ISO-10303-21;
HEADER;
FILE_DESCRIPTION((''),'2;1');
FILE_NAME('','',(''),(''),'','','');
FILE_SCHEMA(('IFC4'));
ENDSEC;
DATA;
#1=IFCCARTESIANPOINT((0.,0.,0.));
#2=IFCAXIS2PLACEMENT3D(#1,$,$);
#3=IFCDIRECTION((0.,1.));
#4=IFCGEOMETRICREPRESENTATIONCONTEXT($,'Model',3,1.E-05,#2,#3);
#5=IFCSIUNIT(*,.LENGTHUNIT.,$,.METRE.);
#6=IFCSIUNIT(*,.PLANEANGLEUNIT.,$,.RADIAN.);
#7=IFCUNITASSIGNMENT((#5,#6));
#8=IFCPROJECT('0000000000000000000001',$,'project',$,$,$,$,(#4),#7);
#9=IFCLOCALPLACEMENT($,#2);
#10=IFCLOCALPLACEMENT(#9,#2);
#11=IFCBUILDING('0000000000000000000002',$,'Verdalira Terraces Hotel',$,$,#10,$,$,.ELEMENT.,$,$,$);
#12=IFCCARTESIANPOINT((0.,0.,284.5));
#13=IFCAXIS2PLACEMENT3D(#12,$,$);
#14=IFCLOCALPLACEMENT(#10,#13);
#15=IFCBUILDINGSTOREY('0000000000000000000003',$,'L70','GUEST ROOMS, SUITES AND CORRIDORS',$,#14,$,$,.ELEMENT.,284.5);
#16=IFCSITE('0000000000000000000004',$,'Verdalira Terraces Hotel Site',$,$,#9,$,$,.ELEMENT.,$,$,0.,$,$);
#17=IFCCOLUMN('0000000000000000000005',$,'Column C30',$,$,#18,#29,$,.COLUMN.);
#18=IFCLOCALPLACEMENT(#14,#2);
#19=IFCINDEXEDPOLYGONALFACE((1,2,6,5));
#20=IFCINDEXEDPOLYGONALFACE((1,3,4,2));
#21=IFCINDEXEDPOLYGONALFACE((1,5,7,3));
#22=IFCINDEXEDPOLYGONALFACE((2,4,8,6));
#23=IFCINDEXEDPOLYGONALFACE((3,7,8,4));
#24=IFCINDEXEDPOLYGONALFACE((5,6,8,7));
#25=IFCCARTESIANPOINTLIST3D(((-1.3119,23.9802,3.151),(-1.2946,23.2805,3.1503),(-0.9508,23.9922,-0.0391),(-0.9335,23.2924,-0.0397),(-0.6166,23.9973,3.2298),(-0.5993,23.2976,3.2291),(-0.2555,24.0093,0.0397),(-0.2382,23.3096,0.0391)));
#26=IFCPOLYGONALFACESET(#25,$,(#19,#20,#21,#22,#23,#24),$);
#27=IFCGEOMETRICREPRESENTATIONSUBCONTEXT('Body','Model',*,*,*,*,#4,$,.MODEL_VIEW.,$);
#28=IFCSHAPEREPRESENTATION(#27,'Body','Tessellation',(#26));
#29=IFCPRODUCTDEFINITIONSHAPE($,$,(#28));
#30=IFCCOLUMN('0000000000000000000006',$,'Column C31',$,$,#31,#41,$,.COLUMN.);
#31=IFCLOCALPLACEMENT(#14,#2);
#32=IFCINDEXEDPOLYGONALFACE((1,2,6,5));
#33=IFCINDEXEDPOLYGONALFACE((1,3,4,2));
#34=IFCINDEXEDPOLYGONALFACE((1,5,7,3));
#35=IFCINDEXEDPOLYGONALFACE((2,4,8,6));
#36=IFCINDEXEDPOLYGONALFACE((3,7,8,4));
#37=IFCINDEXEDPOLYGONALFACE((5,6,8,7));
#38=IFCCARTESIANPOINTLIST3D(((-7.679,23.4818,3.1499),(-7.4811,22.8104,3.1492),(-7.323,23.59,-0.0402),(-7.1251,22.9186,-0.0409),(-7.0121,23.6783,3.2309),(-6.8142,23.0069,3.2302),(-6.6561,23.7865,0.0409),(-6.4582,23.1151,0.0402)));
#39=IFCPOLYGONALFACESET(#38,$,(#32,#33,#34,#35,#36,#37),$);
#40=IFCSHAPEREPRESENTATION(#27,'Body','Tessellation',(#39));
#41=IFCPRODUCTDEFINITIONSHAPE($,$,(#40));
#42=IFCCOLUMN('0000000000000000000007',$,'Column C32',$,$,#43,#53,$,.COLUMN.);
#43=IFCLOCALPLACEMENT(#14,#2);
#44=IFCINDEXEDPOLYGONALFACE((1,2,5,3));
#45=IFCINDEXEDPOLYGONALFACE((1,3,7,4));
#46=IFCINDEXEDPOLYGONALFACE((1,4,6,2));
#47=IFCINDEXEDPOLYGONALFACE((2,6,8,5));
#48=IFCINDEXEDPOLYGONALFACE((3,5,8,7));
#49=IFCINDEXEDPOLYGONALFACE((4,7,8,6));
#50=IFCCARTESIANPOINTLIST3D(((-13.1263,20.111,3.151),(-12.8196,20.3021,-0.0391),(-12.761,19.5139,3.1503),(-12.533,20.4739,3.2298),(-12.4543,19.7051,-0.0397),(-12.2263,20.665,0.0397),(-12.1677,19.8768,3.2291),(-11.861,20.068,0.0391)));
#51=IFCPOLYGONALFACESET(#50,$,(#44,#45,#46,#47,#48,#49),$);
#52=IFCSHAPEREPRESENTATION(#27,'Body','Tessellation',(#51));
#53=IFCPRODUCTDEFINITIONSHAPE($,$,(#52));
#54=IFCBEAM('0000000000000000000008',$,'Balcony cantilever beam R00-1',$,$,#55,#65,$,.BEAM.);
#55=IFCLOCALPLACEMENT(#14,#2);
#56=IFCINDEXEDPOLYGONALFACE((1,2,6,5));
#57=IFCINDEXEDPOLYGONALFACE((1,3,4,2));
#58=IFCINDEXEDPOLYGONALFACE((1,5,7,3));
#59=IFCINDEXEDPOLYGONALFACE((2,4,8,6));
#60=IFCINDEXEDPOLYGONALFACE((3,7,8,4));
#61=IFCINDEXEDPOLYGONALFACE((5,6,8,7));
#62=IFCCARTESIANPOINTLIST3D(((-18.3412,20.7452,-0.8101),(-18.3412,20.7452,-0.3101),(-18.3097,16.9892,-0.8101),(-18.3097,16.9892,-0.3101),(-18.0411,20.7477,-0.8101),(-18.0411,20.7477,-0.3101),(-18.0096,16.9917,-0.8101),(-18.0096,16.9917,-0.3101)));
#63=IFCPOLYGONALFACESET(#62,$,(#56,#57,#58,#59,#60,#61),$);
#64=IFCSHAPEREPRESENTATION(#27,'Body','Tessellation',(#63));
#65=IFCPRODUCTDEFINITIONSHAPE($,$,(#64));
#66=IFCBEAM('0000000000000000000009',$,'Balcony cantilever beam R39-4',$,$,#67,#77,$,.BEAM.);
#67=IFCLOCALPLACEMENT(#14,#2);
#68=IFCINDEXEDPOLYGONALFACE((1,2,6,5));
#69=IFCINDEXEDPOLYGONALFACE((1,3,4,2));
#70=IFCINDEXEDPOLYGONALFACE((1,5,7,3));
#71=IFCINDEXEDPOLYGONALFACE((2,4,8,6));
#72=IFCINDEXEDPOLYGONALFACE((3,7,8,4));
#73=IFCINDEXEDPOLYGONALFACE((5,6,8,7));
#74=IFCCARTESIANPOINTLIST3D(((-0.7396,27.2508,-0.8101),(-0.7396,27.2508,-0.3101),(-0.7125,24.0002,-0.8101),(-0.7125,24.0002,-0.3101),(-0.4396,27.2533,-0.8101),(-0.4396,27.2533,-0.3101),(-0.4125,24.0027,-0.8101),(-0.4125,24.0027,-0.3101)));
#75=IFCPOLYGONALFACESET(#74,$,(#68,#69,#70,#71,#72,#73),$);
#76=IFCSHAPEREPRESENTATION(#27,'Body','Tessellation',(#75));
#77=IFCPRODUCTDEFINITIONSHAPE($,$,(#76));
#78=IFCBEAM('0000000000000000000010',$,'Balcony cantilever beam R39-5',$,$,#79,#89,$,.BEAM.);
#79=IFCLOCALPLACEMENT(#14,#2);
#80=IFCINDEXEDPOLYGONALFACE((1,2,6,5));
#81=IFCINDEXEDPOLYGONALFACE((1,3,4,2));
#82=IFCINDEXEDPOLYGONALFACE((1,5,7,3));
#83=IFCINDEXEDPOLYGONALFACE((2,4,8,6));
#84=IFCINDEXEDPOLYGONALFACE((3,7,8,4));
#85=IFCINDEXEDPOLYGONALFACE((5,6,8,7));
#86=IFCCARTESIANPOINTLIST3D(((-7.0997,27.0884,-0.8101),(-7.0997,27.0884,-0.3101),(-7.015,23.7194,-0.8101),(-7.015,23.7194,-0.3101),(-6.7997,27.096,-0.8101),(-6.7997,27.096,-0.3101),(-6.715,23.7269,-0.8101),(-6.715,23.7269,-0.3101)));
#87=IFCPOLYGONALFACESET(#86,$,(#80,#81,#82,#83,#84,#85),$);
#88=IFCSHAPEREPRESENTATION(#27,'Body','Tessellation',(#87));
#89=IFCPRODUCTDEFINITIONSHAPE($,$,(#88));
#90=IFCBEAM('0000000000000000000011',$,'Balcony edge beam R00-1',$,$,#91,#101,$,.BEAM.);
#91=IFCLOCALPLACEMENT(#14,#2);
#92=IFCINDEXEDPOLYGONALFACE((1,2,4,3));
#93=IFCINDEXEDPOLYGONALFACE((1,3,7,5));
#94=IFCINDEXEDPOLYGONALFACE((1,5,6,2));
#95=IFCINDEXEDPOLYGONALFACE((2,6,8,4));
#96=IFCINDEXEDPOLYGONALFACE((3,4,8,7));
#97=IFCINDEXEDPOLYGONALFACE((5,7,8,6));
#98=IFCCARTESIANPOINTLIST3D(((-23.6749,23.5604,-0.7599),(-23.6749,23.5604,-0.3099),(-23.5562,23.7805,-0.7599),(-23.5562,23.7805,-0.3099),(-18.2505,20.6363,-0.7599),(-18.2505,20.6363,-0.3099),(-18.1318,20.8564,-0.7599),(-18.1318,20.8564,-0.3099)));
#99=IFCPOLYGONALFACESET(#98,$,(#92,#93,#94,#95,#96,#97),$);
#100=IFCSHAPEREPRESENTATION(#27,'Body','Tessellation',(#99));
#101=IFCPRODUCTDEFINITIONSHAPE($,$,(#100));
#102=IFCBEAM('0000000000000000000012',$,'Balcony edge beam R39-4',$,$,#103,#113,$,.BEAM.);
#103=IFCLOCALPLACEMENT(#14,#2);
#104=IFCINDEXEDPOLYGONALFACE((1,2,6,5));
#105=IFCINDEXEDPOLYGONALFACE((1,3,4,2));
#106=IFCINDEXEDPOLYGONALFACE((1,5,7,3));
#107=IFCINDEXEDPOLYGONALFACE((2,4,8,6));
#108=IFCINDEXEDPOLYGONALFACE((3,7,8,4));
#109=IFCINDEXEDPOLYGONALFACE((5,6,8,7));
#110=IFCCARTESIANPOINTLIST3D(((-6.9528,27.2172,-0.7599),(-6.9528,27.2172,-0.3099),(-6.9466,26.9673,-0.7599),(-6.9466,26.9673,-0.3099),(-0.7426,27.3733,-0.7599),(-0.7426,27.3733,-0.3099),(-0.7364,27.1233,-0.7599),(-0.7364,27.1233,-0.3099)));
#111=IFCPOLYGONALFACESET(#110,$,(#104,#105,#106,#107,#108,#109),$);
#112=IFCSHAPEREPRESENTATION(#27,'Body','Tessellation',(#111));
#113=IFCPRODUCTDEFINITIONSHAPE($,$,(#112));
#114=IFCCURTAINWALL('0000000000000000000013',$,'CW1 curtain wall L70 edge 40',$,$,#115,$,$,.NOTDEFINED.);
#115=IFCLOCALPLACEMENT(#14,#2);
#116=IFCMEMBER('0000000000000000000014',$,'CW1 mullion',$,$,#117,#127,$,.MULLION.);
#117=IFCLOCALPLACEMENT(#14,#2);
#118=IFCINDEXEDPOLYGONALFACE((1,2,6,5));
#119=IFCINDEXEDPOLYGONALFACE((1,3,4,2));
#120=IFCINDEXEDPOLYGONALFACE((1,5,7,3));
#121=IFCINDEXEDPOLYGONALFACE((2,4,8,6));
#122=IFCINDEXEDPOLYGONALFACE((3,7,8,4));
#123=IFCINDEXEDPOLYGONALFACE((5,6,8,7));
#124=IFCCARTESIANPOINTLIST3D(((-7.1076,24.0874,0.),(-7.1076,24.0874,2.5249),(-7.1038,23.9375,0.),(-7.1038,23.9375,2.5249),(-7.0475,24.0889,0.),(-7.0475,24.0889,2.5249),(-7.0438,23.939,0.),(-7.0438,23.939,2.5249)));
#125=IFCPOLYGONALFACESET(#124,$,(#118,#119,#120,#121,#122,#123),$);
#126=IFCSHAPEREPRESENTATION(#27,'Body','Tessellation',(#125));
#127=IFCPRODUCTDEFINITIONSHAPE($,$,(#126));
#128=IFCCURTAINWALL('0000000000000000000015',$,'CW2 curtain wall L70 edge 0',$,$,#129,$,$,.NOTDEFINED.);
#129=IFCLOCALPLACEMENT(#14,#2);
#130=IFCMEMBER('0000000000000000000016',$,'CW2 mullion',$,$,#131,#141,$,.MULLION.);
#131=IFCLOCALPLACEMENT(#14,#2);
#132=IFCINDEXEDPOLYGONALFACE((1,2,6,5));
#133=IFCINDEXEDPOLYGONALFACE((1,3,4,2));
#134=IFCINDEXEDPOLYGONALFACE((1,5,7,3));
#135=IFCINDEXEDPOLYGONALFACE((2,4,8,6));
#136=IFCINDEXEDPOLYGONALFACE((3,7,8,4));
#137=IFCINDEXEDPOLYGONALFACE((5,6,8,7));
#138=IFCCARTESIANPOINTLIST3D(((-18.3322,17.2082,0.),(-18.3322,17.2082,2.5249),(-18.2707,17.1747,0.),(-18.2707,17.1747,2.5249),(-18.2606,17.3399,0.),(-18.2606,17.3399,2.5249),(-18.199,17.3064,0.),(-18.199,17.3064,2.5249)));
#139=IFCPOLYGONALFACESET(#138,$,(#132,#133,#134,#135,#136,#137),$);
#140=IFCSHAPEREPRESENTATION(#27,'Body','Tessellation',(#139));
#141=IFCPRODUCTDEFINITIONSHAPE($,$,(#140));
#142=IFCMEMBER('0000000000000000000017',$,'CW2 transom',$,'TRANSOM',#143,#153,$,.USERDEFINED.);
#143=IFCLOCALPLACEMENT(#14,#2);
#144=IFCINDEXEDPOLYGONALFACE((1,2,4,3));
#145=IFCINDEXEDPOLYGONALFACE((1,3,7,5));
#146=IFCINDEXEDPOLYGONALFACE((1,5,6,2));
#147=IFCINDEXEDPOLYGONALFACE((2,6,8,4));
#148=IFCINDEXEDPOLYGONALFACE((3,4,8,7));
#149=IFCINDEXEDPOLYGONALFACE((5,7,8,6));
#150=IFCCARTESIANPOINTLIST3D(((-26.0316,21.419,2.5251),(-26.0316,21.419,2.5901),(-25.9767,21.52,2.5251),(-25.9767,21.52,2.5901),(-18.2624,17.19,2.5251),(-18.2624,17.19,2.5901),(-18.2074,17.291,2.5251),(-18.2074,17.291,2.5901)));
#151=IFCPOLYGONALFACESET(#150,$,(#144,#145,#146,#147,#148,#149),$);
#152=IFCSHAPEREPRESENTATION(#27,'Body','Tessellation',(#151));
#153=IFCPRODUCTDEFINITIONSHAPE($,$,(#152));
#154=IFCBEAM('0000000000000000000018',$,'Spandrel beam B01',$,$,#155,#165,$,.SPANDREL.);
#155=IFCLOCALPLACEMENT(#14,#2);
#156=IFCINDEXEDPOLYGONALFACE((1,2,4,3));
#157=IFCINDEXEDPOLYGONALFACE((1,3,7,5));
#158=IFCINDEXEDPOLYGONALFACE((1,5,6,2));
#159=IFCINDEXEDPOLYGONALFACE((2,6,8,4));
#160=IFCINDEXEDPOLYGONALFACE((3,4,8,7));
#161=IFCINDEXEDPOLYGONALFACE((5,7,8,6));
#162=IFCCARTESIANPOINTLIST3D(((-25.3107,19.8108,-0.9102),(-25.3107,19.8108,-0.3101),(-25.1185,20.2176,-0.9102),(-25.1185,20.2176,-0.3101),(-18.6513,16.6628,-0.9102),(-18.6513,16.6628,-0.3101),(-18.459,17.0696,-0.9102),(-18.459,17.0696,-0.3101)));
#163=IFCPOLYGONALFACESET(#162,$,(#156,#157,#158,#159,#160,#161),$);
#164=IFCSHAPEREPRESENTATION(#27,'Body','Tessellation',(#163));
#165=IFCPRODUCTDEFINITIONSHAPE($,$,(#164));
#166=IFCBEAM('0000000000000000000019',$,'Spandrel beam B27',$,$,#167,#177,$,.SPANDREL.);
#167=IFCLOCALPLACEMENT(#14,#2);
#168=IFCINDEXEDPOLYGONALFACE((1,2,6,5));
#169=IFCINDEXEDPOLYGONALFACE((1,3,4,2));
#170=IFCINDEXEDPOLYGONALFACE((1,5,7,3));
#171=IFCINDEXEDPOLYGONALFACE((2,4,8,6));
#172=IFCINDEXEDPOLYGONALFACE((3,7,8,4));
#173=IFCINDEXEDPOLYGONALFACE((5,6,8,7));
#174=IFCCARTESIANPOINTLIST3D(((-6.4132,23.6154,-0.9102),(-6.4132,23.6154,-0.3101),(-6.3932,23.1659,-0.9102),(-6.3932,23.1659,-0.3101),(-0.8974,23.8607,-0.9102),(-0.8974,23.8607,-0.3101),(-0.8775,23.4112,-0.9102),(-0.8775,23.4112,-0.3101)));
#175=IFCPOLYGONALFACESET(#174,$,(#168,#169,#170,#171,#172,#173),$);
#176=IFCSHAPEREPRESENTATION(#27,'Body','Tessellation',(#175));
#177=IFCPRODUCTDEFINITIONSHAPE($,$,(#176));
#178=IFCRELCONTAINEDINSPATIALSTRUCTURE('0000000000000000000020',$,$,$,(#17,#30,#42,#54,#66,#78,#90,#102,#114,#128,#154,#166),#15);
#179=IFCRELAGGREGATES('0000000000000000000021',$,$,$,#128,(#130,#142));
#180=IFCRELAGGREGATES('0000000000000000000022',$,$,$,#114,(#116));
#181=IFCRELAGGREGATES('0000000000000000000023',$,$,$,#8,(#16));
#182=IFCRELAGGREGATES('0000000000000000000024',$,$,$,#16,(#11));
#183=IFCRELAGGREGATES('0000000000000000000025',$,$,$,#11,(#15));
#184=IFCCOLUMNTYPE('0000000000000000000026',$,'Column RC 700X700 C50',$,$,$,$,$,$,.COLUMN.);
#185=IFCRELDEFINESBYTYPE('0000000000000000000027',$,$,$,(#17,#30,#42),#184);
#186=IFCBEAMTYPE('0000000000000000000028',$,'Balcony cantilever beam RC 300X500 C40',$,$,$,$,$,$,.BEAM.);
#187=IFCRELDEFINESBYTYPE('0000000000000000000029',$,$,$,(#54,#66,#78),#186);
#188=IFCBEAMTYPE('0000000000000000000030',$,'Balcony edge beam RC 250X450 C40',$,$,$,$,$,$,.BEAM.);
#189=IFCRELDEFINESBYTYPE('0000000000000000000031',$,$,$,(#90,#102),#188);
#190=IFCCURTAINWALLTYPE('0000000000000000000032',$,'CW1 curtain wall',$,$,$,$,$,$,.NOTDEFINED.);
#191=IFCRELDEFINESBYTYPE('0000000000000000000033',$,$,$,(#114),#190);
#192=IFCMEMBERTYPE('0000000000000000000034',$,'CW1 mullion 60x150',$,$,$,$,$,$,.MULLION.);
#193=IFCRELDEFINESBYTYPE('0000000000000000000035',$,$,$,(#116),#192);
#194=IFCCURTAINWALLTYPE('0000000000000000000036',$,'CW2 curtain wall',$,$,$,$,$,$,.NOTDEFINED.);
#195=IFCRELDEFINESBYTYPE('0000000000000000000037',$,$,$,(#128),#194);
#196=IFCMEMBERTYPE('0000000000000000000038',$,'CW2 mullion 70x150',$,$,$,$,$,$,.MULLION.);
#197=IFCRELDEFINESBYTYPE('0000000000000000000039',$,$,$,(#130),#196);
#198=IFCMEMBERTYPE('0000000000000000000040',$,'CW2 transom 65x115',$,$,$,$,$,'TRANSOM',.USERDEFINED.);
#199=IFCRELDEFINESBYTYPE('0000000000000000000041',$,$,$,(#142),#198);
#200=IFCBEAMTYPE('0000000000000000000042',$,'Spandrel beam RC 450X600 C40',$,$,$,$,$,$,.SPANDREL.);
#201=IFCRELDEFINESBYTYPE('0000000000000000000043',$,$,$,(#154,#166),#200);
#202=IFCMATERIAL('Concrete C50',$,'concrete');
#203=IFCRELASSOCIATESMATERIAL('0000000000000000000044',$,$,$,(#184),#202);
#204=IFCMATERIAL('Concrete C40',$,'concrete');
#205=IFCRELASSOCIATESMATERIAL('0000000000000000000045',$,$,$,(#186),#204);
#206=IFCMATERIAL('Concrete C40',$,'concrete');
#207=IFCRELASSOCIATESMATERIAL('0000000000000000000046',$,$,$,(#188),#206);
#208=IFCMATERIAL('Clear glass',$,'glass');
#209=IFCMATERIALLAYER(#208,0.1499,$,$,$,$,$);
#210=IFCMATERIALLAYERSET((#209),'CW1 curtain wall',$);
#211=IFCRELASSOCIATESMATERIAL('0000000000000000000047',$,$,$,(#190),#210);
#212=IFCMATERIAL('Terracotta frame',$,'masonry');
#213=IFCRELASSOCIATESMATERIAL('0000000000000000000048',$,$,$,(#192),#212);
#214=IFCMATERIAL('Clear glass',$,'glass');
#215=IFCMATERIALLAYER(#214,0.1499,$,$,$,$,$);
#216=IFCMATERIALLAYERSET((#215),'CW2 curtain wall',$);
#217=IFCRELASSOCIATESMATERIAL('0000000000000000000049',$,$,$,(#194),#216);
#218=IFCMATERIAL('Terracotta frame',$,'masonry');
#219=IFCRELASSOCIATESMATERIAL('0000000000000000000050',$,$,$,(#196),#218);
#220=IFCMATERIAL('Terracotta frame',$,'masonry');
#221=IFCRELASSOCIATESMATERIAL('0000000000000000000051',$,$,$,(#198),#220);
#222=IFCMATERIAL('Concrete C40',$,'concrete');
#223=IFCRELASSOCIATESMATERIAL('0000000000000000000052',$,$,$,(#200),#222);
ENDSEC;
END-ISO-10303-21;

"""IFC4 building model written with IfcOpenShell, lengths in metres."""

from ifc_helpers import new_model, si_unit, direction, frame, origin, origin_2d, place, context, subcontext, project, spatial, rectangle, extrude, material, layer, layer_set, material_profile, profile_set, type_object, element, aggregate, save


model = new_model("IFC4")

# Units and contexts
model_context = context("Model", 3, precision=1e-05, world=origin(), true_north=direction((0.0, 1.0)))
body_context = subcontext(model_context, "Body", "Model", "MODEL_VIEW")
ifc_project = project(units=[si_unit("LENGTHUNIT", "METRE"), si_unit("PLANEANGLEUNIT", "RADIAN")], contexts=[model_context])

# Site, building, storey
site_placement = place(None, origin())
site = spatial("IfcSite", under=ifc_project, at=site_placement, Name="Verdalira Terraces Hotel Site", CompositionType="ELEMENT", RefElevation=0.0)
building_placement = place(site_placement, origin())
building = spatial("IfcBuilding", under=site, at=building_placement, Name="Verdalira Terraces Hotel", CompositionType="ELEMENT")
storey_placement = place(building_placement, frame((0.0, 0.0, 284.5)))
storey = spatial("IfcBuildingStorey", under=building, at=storey_placement, Name="L70", Description="GUEST ROOMS, SUITES AND CORRIDORS", CompositionType="ELEMENT", Elevation=284.5)

# Columns
ifc_material_1 = material(Name="Concrete C50", Category="concrete")
ifc_material_profile_1 = material_profile(ifc_material_1, rectangle(XDim=0.7, YDim=0.7, at=origin_2d()), Name="RC 700X700")
ifc_profile_set_1 = profile_set([ifc_material_profile_1], Name="Concrete C50")
column_type = type_object("IfcColumnType", Name="Column RC 700X700 C50", PredefinedType="COLUMN", material=ifc_profile_set_1)
column_1_placement = place(storey_placement, frame((-0.5945, 23.6509, 0.0), z_axis=(-0.112475, -0.003726, 0.993648), x_axis=(-0.993347, -0.024474, -0.112533)))
element("IfcColumn", 1, at=column_1_placement, inside=storey, type_object=column_type, Name="Column C30", PredefinedType="COLUMN", context=body_context, shape_type="SweptSolid", body=[
    extrude(rectangle(XDim=0.7, YDim=0.7, at=origin_2d()), origin(), (0.0, 0.0, 1.0), 3.2104),
])
column_2_placement = place(storey_placement, frame((-6.8906, 23.3525, 0.0), z_axis=(-0.110836, -0.033677, 0.993268), x_axis=(0.952786, 0.280681, 0.115835)))
element("IfcColumn", 2, at=column_2_placement, inside=storey, type_object=column_type, Name="Column C31", PredefinedType="COLUMN", context=body_context, shape_type="SweptSolid", body=[
    extrude(rectangle(XDim=0.7, YDim=0.7, at=origin_2d()), origin(), (0.0, 0.0, 1.0), 3.2117),
])
column_3_placement = place(storey_placement, frame((-12.3403, 20.1851, 0.0), z_axis=(-0.095516, -0.059546, 0.993645), x_axis=(-0.847643, -0.518491, -0.112553)))
element("IfcColumn", 3, at=column_3_placement, inside=storey, type_object=column_type, Name="Column C32", PredefinedType="COLUMN", context=body_context, shape_type="SweptSolid", body=[
    extrude(rectangle(XDim=0.7, YDim=0.7, at=origin_2d()), origin(), (0.0, 0.0, 1.0), 3.2104),
])

# Beams
ifc_material_2 = material(Name="Concrete C40", Category="concrete")
ifc_material_profile_2 = material_profile(ifc_material_2, rectangle(XDim=0.3, YDim=0.5, at=origin_2d()), Name="RC 300X500")
ifc_profile_set_2 = profile_set([ifc_material_profile_2], Name="Concrete C40")
beam_type_1 = type_object("IfcBeamType", Name="Balcony cantilever beam RC 300X500 C40", PredefinedType="BEAM", material=ifc_profile_set_2)
beam_1_placement = place(storey_placement, frame((-18.1597, 16.9905, -0.5601), z_axis=(-0.008385, 0.999965, 0.0), x_axis=(-0.999965, -0.008385, 0.0)))
element("IfcBeam", 4, at=beam_1_placement, inside=storey, type_object=beam_type_1, Name="Balcony cantilever beam R00-1", PredefinedType="BEAM", context=body_context, shape_type="SweptSolid", body=[
    extrude(rectangle(XDim=0.3, YDim=0.5, at=origin_2d()), origin(), (0.0, 0.0, 1.0), 3.7561),
])
beam_2_placement = place(storey_placement, frame((-0.5625, 24.0015, -0.5601), z_axis=(-0.008336, 0.999965, 0.0), x_axis=(-0.999965, -0.008336, 0.0)))
element("IfcBeam", 5, at=beam_2_placement, inside=storey, type_object=beam_type_1, Name="Balcony cantilever beam R39-4", PredefinedType="BEAM", context=body_context, shape_type="SweptSolid", body=[
    extrude(rectangle(XDim=0.3, YDim=0.5, at=origin_2d()), origin(), (0.0, 0.0, 1.0), 3.2507),
])
beam_3_placement = place(storey_placement, frame((-6.865, 23.7231, -0.5601), z_axis=(-0.025137, 0.999684, 0.0), x_axis=(-0.999684, -0.025137, 0.0)))
element("IfcBeam", 6, at=beam_3_placement, inside=storey, type_object=beam_type_1, Name="Balcony cantilever beam R39-5", PredefinedType="BEAM", context=body_context, shape_type="SweptSolid", body=[
    extrude(rectangle(XDim=0.3, YDim=0.5, at=origin_2d()), origin(), (0.0, 0.0, 1.0), 3.3701),
])
ifc_material_3 = material(Name="Concrete C40", Category="concrete")
ifc_material_profile_3 = material_profile(ifc_material_3, rectangle(XDim=0.25, YDim=0.45, at=origin_2d()), Name="RC 250X450")
ifc_profile_set_3 = profile_set([ifc_material_profile_3], Name="Concrete C40")
beam_type_2 = type_object("IfcBeamType", Name="Balcony edge beam RC 250X450 C40", PredefinedType="BEAM", material=ifc_profile_set_3)
beam_4_placement = place(storey_placement, frame((-18.1912, 20.7463, -0.5349), z_axis=(-0.880248, 0.474513, 0.0), x_axis=(-0.474513, -0.880248, 0.0)))
element("IfcBeam", 7, at=beam_4_placement, inside=storey, type_object=beam_type_2, Name="Balcony edge beam R00-1", PredefinedType="BEAM", context=body_context, shape_type="SweptSolid", body=[
    extrude(rectangle(XDim=0.25, YDim=0.45, at=origin_2d()), origin(), (0.0, 0.0, 1.0), 6.1624),
])
beam_5_placement = place(storey_placement, frame((-0.7395, 27.2483, -0.5349), z_axis=(-0.999685, -0.025113, 0.0), x_axis=(0.025113, -0.999685, 0.0)))
element("IfcBeam", 8, at=beam_5_placement, inside=storey, type_object=beam_type_2, Name="Balcony edge beam R39-4", PredefinedType="BEAM", context=body_context, shape_type="SweptSolid", body=[
    extrude(rectangle(XDim=0.25, YDim=0.45, at=origin_2d()), origin(), (0.0, 0.0, 1.0), 6.2122),
])

# Curtain wall, member
ifc_material_4 = material(Name="Clear glass", Category="glass")
ifc_layer_1 = layer(ifc_material_4, 0.1499)
ifc_layer_set_1 = layer_set([ifc_layer_1], Name="CW1 curtain wall")
curtain_wall_type_1 = type_object("IfcCurtainWallType", Name="CW1 curtain wall", PredefinedType="NOTDEFINED", material=ifc_layer_set_1)
curtain_wall_1_placement = place(storey_placement, origin())
curtain_wall_1 = element("IfcCurtainWall", 9, at=curtain_wall_1_placement, inside=storey, type_object=curtain_wall_type_1, Name="CW1 curtain wall L70 edge 40", PredefinedType="NOTDEFINED")
ifc_material_5 = material(Name="Terracotta frame", Category="masonry")
ifc_material_profile_4 = material_profile(ifc_material_5, rectangle(XDim=0.0601, YDim=0.1499, at=origin_2d()), Name="MU 60x150")
ifc_profile_set_4 = profile_set([ifc_material_profile_4], Name="Terracotta frame")
member_type_1 = type_object("IfcMemberType", Name="CW1 mullion 60x150", PredefinedType="MULLION", material=ifc_profile_set_4)
member_1_placement = place(storey_placement, frame((-7.0757, 24.0132, 0.0), z_axis=(0.0, 0.0, 1.0), x_axis=(-0.999684, -0.02513, 0.0)))
member_1 = element("IfcMember", 10, at=member_1_placement, type_object=member_type_1, Name="CW1 mullion", PredefinedType="MULLION", context=body_context, shape_type="SweptSolid", body=[
    extrude(rectangle(XDim=0.0601, YDim=0.1499, at=origin_2d()), origin(), (0.0, 0.0, 1.0), 2.5249),
])

# Curtain wall, members
ifc_material_6 = material(Name="Clear glass", Category="glass")
ifc_layer_2 = layer(ifc_material_6, 0.1499)
ifc_layer_set_2 = layer_set([ifc_layer_2], Name="CW2 curtain wall")
curtain_wall_type_2 = type_object("IfcCurtainWallType", Name="CW2 curtain wall", PredefinedType="NOTDEFINED", material=ifc_layer_set_2)
curtain_wall_2_placement = place(storey_placement, origin())
curtain_wall_2 = element("IfcCurtainWall", 11, at=curtain_wall_2_placement, inside=storey, type_object=curtain_wall_type_2, Name="CW2 curtain wall L70 edge 0", PredefinedType="NOTDEFINED")
ifc_material_7 = material(Name="Terracotta frame", Category="masonry")
ifc_material_profile_5 = material_profile(ifc_material_7, rectangle(XDim=0.0701, YDim=0.1499, at=origin_2d()), Name="MU 70x150")
ifc_profile_set_5 = profile_set([ifc_material_profile_5], Name="Terracotta frame")
member_type_2 = type_object("IfcMemberType", Name="CW2 mullion 70x150", PredefinedType="MULLION", material=ifc_profile_set_5)
member_2_placement = place(storey_placement, frame((-18.2656, 17.2573, 0.0), z_axis=(0.0, 0.0, 1.0), x_axis=(-0.878317, 0.478079, 0.0)))
member_2 = element("IfcMember", 12, at=member_2_placement, type_object=member_type_2, Name="CW2 mullion", PredefinedType="MULLION", context=body_context, shape_type="SweptSolid", body=[
    extrude(rectangle(XDim=0.0701, YDim=0.1499, at=origin_2d()), origin(), (0.0, 0.0, 1.0), 2.5249),
])
ifc_material_8 = material(Name="Terracotta frame", Category="masonry")
ifc_material_profile_6 = material_profile(ifc_material_8, rectangle(XDim=0.115, YDim=0.0649, at=origin_2d()), Name="TR 65x115")
ifc_profile_set_6 = profile_set([ifc_material_profile_6], Name="Terracotta frame")
member_type_3 = type_object("IfcMemberType", Name="CW2 transom 65x115", ElementType="TRANSOM", PredefinedType="USERDEFINED", material=ifc_profile_set_6)
member_3_placement = place(storey_placement, frame((-18.2349, 17.2405, 2.5576), z_axis=(-0.878313, 0.478086, 0.0), x_axis=(-0.478086, -0.878313, 0.0)))
member_3 = element("IfcMember", 13, at=member_3_placement, type_object=member_type_3, Name="CW2 transom", ObjectType="TRANSOM", PredefinedType="USERDEFINED", context=body_context, shape_type="SweptSolid", body=[
    extrude(rectangle(XDim=0.115, YDim=0.0649, at=origin_2d()), origin(), (0.0, 0.0, 1.0), 8.8457),
])
aggregate(curtain_wall_2, [member_2, member_3])

# Beams
ifc_material_9 = material(Name="Concrete C40", Category="concrete")
ifc_material_profile_7 = material_profile(ifc_material_9, rectangle(XDim=0.45, YDim=0.6001, at=origin_2d()), Name="RC 450X600")
ifc_profile_set_7 = profile_set([ifc_material_profile_7], Name="Concrete C40")
beam_type_3 = type_object("IfcBeamType", Name="Spandrel beam RC 450X600 C40", PredefinedType="SPANDREL", material=ifc_profile_set_7)
beam_6_placement = place(storey_placement, frame((-18.5552, 16.8662, -0.6101), z_axis=(-0.90408, 0.427364, 0.0), x_axis=(-0.427364, -0.90408, 0.0)))
element("IfcBeam", 14, at=beam_6_placement, inside=storey, type_object=beam_type_3, Name="Spandrel beam B01", PredefinedType="SPANDREL", context=body_context, shape_type="SweptSolid", body=[
    extrude(rectangle(XDim=0.45, YDim=0.6001, at=origin_2d()), origin(), (0.0, 0.0, 1.0), 7.366),
])
beam_7_placement = place(storey_placement, frame((-0.8875, 23.636, -0.6101), z_axis=(-0.999012, -0.044439, 0.0), x_axis=(0.044439, -0.999012, 0.0)))
element("IfcBeam", 15, at=beam_7_placement, inside=storey, type_object=beam_type_3, Name="Spandrel beam B27", PredefinedType="SPANDREL", context=body_context, shape_type="SweptSolid", body=[
    extrude(rectangle(XDim=0.45, YDim=0.6001, at=origin_2d()), origin(), (0.0, 0.0, 1.0), 5.5212),
])

aggregate(curtain_wall_1, [member_1])

save(model, "model.ifc")
